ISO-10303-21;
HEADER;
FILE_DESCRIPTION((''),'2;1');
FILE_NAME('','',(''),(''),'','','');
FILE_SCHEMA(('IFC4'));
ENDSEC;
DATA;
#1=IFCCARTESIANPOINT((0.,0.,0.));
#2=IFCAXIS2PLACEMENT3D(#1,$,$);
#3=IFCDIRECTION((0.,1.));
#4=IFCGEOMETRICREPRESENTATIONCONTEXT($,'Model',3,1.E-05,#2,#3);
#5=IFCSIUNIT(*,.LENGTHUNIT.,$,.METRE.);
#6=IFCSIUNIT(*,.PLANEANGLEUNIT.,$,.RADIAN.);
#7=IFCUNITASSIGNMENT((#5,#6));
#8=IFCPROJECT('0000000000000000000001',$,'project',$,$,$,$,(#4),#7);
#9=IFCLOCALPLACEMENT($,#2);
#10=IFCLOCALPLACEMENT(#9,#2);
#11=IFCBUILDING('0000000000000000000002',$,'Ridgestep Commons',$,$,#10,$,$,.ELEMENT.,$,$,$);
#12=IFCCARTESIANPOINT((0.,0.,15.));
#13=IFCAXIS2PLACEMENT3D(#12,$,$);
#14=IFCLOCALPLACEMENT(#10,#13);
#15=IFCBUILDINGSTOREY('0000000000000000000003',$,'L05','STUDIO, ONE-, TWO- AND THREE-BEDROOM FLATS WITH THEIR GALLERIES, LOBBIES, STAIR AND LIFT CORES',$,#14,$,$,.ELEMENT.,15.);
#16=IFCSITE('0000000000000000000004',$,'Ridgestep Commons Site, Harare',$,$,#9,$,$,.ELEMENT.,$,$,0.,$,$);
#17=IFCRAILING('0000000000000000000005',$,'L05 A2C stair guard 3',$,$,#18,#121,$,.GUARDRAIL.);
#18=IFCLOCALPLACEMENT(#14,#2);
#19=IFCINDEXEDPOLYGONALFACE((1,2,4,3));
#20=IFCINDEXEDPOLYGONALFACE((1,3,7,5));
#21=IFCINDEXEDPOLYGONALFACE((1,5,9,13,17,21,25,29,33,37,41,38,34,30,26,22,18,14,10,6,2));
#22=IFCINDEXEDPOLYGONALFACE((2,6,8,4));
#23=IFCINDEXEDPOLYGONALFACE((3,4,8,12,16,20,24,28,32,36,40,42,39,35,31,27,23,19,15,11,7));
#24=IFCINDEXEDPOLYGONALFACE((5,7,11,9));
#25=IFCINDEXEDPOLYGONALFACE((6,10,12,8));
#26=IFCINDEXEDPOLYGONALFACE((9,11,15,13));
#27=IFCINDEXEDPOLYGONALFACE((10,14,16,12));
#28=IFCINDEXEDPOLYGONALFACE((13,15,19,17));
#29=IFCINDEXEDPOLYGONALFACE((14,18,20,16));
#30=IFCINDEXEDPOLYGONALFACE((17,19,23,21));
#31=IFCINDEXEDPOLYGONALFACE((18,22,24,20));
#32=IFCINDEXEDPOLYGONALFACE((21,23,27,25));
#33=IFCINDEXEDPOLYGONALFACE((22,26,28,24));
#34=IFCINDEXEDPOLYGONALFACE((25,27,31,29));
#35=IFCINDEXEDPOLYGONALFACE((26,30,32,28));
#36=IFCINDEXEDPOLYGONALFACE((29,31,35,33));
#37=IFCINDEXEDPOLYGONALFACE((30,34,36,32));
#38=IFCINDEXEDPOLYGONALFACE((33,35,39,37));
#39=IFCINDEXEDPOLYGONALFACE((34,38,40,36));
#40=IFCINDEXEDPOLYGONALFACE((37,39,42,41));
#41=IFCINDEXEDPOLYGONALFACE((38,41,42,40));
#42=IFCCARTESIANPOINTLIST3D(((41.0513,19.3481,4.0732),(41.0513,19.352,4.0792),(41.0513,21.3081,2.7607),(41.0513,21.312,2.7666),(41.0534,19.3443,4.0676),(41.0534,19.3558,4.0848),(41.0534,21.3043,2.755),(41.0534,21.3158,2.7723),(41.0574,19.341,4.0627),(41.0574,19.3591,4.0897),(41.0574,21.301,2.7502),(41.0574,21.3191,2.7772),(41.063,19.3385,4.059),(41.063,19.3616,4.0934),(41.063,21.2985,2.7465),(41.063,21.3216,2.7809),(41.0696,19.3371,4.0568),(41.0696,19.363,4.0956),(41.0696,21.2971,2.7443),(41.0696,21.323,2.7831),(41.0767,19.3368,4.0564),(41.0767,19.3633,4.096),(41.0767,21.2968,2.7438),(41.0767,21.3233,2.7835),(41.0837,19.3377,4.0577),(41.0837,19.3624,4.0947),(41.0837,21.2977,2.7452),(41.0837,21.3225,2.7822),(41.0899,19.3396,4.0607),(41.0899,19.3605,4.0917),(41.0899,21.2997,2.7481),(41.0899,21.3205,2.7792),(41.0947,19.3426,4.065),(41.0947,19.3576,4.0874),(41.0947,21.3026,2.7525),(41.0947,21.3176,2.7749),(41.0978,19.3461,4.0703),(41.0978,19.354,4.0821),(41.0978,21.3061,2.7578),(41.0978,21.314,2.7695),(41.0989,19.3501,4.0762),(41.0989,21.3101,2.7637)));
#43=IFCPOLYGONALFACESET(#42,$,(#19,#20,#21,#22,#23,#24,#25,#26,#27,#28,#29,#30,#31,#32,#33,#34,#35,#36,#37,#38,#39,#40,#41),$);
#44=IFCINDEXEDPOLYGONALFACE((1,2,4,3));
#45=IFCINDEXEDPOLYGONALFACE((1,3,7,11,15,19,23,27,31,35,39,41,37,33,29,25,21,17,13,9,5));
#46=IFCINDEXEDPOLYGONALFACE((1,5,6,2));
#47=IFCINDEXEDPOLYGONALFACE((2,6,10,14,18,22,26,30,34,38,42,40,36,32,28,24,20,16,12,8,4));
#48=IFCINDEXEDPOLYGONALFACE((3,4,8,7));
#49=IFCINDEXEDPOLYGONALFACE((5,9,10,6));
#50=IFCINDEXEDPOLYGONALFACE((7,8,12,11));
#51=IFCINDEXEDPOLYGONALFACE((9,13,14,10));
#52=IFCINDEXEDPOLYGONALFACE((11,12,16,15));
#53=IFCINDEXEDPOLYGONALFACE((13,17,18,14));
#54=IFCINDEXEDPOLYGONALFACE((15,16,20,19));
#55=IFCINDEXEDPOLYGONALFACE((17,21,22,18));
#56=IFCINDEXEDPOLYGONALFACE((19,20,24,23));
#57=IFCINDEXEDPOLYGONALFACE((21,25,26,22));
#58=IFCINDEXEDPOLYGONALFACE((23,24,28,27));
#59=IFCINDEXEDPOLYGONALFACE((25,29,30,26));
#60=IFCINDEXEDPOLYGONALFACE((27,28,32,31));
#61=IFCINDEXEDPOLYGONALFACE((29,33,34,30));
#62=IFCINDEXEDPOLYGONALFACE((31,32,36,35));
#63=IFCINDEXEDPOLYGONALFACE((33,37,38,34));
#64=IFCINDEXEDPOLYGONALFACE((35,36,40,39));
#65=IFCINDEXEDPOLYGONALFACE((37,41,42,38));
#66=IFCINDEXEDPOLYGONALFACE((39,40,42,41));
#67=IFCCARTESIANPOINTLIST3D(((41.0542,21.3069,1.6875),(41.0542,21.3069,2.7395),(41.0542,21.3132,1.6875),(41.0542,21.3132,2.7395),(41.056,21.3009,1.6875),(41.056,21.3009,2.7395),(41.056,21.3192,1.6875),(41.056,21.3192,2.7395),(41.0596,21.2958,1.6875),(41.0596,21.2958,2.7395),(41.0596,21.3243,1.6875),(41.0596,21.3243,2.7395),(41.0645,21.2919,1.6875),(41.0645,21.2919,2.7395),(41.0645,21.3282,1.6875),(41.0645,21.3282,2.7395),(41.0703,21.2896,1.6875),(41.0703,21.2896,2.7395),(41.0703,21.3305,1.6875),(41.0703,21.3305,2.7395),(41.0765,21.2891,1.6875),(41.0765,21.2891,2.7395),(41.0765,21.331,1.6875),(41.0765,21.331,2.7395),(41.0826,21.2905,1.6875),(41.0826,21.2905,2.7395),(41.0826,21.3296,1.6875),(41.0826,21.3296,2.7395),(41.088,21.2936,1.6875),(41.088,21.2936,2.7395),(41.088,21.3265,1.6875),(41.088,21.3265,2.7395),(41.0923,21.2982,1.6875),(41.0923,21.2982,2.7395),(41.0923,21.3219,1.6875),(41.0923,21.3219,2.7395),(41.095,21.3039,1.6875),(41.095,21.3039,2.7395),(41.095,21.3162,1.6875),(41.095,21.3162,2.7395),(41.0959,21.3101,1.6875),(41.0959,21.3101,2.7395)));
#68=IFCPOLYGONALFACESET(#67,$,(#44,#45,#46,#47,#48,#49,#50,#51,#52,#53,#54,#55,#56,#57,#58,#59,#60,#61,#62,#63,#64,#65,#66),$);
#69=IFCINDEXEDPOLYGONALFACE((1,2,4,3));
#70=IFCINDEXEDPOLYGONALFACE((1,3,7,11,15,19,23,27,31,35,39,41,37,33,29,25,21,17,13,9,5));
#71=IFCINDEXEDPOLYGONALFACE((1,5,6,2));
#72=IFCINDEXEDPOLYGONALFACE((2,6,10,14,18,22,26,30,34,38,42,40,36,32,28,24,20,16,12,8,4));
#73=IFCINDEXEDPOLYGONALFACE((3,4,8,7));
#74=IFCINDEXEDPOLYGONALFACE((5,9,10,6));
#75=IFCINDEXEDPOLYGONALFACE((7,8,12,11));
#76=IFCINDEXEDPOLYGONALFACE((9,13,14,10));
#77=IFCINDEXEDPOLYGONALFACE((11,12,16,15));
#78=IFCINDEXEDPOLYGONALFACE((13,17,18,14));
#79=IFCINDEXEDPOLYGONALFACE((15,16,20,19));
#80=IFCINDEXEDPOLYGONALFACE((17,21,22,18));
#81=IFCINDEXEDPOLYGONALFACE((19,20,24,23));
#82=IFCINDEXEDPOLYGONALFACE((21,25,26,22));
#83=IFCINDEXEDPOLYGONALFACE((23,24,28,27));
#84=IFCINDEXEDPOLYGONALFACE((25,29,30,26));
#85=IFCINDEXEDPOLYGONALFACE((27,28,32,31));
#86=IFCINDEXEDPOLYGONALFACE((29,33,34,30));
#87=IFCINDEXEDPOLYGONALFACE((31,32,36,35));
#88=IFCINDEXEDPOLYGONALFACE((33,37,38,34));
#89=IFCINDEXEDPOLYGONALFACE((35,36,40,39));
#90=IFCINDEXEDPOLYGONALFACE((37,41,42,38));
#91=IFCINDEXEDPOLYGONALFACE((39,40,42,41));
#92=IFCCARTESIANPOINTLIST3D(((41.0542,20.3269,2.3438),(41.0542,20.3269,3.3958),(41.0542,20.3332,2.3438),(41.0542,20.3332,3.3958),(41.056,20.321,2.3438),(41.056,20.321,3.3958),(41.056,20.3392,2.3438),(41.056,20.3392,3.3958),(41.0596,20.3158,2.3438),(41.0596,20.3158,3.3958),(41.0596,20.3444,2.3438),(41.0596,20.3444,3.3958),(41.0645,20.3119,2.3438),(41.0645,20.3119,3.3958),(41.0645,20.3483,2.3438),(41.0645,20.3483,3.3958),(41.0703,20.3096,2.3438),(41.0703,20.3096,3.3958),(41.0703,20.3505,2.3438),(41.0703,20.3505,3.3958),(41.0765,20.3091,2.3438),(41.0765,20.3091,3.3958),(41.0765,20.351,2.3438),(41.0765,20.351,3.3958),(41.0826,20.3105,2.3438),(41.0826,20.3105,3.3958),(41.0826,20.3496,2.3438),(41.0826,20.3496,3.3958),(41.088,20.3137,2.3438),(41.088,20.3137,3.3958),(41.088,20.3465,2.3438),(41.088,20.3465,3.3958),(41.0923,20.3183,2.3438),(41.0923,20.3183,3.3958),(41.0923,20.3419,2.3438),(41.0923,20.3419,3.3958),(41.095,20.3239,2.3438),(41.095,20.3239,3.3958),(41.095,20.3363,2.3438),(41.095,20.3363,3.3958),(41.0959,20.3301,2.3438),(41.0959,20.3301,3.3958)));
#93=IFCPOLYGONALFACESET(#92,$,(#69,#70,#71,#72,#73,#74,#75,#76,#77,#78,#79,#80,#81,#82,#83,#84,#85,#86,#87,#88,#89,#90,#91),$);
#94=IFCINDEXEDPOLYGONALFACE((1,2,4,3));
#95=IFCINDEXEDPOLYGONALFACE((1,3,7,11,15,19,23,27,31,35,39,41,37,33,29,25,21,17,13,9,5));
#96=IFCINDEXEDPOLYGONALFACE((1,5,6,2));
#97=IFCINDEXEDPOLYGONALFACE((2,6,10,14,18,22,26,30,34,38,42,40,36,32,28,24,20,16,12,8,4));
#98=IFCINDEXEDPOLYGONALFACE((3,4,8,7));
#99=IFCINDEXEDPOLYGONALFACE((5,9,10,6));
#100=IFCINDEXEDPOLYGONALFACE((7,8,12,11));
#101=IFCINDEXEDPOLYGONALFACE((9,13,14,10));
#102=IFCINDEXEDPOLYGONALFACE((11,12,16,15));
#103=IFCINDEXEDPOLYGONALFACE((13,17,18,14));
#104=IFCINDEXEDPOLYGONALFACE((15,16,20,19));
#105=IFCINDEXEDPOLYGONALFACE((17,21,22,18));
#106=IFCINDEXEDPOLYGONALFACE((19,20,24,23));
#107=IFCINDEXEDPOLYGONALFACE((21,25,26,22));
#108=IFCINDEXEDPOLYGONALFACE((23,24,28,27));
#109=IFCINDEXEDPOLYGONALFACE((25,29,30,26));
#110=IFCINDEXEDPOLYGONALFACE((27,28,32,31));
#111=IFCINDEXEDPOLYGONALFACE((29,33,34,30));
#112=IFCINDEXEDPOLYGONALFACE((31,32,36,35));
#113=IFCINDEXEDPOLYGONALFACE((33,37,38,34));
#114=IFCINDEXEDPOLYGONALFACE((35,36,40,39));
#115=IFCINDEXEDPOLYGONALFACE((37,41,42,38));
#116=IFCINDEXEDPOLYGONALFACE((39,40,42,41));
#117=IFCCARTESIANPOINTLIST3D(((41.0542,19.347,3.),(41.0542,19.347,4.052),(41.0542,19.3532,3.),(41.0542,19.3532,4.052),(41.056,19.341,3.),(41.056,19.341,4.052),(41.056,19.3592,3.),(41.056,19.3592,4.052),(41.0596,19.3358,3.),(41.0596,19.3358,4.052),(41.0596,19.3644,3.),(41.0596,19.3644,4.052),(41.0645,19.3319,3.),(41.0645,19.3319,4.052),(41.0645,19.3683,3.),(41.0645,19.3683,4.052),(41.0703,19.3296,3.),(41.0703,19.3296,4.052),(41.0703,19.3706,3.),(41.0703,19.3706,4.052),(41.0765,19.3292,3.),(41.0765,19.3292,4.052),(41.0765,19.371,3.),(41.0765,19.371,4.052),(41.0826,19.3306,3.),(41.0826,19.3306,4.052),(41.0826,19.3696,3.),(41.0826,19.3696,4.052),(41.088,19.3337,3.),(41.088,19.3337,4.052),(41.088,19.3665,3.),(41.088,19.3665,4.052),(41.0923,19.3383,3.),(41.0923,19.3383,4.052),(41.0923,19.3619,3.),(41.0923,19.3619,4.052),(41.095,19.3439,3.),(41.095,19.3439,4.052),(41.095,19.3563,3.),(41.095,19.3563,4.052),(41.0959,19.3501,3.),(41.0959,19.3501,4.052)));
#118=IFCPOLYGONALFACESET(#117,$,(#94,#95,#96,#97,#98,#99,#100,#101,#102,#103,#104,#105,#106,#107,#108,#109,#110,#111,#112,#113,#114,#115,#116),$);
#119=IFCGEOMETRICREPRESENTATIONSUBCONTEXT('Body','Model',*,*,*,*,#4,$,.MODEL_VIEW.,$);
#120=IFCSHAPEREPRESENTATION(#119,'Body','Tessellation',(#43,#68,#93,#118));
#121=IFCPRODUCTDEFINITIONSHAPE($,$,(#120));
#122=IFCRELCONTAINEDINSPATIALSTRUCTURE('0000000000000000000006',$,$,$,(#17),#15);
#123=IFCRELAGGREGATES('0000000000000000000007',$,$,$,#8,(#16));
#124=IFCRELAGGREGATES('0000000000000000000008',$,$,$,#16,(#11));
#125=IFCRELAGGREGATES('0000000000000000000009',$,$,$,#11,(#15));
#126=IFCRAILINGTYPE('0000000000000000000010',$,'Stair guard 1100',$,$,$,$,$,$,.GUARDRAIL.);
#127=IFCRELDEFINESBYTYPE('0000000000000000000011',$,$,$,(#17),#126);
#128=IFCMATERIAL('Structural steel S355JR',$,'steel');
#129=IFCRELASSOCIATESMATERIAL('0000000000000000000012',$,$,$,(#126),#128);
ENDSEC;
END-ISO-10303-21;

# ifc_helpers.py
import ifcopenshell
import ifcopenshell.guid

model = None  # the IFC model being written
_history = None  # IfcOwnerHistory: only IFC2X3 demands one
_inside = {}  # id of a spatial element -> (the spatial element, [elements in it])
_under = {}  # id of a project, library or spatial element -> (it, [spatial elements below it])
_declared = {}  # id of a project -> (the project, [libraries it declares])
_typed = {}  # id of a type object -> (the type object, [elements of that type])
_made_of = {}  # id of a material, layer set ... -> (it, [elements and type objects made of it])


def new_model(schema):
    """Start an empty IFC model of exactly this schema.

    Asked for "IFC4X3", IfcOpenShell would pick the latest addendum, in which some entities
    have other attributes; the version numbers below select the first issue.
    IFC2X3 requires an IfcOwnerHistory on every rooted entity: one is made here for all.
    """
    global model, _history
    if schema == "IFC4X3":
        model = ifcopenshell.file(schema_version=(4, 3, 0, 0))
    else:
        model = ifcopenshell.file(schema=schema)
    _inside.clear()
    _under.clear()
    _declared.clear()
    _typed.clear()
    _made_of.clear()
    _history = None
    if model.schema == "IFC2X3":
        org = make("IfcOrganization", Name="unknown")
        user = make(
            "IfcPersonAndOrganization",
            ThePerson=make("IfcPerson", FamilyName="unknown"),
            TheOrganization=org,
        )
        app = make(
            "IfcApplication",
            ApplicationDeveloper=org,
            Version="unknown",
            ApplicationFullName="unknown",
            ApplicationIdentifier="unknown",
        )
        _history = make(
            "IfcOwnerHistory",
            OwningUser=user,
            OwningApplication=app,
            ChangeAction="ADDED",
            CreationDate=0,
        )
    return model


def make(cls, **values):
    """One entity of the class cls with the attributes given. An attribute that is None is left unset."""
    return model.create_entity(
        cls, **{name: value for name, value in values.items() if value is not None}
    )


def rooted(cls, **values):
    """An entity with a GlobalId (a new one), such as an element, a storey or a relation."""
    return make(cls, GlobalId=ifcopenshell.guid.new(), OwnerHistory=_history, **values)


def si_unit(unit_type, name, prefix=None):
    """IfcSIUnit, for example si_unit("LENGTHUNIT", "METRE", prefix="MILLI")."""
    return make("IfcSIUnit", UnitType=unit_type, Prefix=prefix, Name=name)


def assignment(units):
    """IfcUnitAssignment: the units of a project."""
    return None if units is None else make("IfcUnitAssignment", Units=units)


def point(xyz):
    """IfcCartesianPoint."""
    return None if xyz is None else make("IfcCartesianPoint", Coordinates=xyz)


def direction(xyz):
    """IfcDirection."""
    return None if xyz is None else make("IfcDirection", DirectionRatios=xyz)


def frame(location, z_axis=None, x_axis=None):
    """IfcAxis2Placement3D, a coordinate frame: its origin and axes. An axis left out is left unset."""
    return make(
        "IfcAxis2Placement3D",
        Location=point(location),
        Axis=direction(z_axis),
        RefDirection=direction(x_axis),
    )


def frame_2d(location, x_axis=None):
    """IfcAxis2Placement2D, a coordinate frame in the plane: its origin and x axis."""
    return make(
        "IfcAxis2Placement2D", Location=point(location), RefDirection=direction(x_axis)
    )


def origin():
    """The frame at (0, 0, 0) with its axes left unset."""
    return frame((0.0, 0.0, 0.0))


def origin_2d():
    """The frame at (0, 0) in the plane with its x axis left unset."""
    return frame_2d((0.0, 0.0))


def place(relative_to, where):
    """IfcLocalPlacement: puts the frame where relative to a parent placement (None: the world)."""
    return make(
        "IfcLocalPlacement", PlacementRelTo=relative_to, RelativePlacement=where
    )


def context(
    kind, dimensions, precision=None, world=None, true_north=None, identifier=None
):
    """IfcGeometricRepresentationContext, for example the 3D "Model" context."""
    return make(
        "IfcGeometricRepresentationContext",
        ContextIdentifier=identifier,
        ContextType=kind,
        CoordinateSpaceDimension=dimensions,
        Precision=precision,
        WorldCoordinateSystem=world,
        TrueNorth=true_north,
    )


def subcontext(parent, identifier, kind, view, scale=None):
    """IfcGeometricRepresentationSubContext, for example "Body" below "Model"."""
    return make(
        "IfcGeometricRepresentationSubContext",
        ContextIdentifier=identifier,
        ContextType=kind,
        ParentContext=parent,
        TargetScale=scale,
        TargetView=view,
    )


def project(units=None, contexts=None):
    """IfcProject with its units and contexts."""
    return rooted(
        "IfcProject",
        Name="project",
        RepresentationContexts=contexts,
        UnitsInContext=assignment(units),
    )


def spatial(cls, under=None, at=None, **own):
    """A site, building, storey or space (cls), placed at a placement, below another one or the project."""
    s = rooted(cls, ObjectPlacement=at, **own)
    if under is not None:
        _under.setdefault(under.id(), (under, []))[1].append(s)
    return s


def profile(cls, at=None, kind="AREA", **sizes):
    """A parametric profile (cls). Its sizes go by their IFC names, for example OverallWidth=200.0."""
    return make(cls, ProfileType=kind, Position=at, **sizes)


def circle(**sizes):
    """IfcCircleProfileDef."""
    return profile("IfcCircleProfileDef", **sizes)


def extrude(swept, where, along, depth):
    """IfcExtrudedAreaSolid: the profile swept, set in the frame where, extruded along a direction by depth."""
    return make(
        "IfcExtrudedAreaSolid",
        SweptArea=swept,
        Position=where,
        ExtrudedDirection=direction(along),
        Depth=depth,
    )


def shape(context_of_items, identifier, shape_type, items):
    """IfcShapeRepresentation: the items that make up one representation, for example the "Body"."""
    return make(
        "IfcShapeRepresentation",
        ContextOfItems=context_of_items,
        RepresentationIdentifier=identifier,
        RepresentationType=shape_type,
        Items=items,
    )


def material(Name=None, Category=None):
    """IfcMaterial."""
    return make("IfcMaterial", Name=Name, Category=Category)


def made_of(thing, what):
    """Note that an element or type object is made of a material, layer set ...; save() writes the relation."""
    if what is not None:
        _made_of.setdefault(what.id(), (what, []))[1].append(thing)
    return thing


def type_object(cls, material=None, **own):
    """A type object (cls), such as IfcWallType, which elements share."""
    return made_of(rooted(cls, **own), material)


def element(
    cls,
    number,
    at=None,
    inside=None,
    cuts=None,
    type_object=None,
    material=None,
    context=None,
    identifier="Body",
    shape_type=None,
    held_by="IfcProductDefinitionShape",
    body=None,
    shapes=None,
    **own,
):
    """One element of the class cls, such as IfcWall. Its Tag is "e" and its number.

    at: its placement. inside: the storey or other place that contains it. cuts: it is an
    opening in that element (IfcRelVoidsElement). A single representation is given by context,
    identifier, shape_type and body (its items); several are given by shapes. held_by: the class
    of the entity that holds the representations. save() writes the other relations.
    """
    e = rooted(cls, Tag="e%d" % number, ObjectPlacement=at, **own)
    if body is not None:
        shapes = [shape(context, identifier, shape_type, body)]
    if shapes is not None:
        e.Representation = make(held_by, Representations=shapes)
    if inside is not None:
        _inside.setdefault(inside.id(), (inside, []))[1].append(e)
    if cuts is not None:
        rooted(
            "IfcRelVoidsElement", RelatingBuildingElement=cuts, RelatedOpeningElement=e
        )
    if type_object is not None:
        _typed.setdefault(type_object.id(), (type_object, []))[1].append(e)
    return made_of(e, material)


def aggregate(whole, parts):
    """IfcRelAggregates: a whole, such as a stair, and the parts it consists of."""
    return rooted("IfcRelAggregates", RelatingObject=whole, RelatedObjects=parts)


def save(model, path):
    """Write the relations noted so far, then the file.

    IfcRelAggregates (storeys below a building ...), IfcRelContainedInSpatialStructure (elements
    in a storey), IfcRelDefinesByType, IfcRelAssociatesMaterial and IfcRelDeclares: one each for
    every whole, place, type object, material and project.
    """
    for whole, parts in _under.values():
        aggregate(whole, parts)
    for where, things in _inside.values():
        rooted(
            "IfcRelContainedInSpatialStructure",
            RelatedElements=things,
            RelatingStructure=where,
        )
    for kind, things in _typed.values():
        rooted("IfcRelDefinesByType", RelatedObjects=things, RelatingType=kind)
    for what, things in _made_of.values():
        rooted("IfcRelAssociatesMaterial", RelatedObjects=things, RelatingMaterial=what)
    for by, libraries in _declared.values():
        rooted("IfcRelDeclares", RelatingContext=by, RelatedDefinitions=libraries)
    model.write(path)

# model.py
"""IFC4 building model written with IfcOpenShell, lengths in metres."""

from ifc_helpers import new_model, si_unit, direction, frame, origin, origin_2d, place, context, subcontext, project, spatial, circle, extrude, material, type_object, element, save


model = new_model("IFC4")

# Units and contexts
model_context = context("Model", 3, precision=1e-05, world=origin(), true_north=direction((0.0, 1.0)))
body_context = subcontext(model_context, "Body", "Model", "MODEL_VIEW")
ifc_project = project(units=[si_unit("LENGTHUNIT", "METRE"), si_unit("PLANEANGLEUNIT", "RADIAN")], contexts=[model_context])

# Site, building, storey
site_placement = place(None, origin())
site = spatial("IfcSite", under=ifc_project, at=site_placement, Name="Ridgestep Commons Site, Harare", CompositionType="ELEMENT", RefElevation=0.0)
building_placement = place(site_placement, origin())
building = spatial("IfcBuilding", under=site, at=building_placement, Name="Ridgestep Commons", CompositionType="ELEMENT")
storey_placement = place(building_placement, frame((0.0, 0.0, 15.0)))
storey = spatial("IfcBuildingStorey", under=building, at=storey_placement, Name="L05", Description="STUDIO, ONE-, TWO- AND THREE-BEDROOM FLATS WITH THEIR GALLERIES, LOBBIES, STAIR AND LIFT CORES", CompositionType="ELEMENT", Elevation=15.0)

# Railing
ifc_material_1 = material(Name="Structural steel S355JR", Category="steel")
railing_type_1 = type_object("IfcRailingType", Name="Stair guard 1100", PredefinedType="GUARDRAIL", material=ifc_material_1)
railing_1_placement = place(storey_placement, frame((41.075, 21.3101, 1.6875)))
element("IfcRailing", 1, at=railing_1_placement, inside=storey, type_object=railing_type_1, Name="L05 A2C stair guard 3", PredefinedType="GUARDRAIL", context=body_context, shape_type="SweptSolid", body=[
    extrude(circle(Radius=0.0239, at=origin_2d()), frame((0.0, 0.0, 1.0762), z_axis=(0.0, -0.830902, 0.556419), x_axis=(1.0, 0.0, 0.0)), (0.0, 0.0, 1.0), 2.3589),
    extrude(circle(Radius=0.021, at=origin_2d()), origin(), (0.0, 0.0, 1.0), 1.052),
    extrude(circle(Radius=0.021, at=origin_2d()), frame((0.0, -0.98, 0.6562)), (0.0, 0.0, 1.0), 1.052),
    extrude(circle(Radius=0.021, at=origin_2d()), frame((0.0, -1.96, 1.3125)), (0.0, 0.0, 1.0), 1.052),
])

save(model, "model.ifc")
